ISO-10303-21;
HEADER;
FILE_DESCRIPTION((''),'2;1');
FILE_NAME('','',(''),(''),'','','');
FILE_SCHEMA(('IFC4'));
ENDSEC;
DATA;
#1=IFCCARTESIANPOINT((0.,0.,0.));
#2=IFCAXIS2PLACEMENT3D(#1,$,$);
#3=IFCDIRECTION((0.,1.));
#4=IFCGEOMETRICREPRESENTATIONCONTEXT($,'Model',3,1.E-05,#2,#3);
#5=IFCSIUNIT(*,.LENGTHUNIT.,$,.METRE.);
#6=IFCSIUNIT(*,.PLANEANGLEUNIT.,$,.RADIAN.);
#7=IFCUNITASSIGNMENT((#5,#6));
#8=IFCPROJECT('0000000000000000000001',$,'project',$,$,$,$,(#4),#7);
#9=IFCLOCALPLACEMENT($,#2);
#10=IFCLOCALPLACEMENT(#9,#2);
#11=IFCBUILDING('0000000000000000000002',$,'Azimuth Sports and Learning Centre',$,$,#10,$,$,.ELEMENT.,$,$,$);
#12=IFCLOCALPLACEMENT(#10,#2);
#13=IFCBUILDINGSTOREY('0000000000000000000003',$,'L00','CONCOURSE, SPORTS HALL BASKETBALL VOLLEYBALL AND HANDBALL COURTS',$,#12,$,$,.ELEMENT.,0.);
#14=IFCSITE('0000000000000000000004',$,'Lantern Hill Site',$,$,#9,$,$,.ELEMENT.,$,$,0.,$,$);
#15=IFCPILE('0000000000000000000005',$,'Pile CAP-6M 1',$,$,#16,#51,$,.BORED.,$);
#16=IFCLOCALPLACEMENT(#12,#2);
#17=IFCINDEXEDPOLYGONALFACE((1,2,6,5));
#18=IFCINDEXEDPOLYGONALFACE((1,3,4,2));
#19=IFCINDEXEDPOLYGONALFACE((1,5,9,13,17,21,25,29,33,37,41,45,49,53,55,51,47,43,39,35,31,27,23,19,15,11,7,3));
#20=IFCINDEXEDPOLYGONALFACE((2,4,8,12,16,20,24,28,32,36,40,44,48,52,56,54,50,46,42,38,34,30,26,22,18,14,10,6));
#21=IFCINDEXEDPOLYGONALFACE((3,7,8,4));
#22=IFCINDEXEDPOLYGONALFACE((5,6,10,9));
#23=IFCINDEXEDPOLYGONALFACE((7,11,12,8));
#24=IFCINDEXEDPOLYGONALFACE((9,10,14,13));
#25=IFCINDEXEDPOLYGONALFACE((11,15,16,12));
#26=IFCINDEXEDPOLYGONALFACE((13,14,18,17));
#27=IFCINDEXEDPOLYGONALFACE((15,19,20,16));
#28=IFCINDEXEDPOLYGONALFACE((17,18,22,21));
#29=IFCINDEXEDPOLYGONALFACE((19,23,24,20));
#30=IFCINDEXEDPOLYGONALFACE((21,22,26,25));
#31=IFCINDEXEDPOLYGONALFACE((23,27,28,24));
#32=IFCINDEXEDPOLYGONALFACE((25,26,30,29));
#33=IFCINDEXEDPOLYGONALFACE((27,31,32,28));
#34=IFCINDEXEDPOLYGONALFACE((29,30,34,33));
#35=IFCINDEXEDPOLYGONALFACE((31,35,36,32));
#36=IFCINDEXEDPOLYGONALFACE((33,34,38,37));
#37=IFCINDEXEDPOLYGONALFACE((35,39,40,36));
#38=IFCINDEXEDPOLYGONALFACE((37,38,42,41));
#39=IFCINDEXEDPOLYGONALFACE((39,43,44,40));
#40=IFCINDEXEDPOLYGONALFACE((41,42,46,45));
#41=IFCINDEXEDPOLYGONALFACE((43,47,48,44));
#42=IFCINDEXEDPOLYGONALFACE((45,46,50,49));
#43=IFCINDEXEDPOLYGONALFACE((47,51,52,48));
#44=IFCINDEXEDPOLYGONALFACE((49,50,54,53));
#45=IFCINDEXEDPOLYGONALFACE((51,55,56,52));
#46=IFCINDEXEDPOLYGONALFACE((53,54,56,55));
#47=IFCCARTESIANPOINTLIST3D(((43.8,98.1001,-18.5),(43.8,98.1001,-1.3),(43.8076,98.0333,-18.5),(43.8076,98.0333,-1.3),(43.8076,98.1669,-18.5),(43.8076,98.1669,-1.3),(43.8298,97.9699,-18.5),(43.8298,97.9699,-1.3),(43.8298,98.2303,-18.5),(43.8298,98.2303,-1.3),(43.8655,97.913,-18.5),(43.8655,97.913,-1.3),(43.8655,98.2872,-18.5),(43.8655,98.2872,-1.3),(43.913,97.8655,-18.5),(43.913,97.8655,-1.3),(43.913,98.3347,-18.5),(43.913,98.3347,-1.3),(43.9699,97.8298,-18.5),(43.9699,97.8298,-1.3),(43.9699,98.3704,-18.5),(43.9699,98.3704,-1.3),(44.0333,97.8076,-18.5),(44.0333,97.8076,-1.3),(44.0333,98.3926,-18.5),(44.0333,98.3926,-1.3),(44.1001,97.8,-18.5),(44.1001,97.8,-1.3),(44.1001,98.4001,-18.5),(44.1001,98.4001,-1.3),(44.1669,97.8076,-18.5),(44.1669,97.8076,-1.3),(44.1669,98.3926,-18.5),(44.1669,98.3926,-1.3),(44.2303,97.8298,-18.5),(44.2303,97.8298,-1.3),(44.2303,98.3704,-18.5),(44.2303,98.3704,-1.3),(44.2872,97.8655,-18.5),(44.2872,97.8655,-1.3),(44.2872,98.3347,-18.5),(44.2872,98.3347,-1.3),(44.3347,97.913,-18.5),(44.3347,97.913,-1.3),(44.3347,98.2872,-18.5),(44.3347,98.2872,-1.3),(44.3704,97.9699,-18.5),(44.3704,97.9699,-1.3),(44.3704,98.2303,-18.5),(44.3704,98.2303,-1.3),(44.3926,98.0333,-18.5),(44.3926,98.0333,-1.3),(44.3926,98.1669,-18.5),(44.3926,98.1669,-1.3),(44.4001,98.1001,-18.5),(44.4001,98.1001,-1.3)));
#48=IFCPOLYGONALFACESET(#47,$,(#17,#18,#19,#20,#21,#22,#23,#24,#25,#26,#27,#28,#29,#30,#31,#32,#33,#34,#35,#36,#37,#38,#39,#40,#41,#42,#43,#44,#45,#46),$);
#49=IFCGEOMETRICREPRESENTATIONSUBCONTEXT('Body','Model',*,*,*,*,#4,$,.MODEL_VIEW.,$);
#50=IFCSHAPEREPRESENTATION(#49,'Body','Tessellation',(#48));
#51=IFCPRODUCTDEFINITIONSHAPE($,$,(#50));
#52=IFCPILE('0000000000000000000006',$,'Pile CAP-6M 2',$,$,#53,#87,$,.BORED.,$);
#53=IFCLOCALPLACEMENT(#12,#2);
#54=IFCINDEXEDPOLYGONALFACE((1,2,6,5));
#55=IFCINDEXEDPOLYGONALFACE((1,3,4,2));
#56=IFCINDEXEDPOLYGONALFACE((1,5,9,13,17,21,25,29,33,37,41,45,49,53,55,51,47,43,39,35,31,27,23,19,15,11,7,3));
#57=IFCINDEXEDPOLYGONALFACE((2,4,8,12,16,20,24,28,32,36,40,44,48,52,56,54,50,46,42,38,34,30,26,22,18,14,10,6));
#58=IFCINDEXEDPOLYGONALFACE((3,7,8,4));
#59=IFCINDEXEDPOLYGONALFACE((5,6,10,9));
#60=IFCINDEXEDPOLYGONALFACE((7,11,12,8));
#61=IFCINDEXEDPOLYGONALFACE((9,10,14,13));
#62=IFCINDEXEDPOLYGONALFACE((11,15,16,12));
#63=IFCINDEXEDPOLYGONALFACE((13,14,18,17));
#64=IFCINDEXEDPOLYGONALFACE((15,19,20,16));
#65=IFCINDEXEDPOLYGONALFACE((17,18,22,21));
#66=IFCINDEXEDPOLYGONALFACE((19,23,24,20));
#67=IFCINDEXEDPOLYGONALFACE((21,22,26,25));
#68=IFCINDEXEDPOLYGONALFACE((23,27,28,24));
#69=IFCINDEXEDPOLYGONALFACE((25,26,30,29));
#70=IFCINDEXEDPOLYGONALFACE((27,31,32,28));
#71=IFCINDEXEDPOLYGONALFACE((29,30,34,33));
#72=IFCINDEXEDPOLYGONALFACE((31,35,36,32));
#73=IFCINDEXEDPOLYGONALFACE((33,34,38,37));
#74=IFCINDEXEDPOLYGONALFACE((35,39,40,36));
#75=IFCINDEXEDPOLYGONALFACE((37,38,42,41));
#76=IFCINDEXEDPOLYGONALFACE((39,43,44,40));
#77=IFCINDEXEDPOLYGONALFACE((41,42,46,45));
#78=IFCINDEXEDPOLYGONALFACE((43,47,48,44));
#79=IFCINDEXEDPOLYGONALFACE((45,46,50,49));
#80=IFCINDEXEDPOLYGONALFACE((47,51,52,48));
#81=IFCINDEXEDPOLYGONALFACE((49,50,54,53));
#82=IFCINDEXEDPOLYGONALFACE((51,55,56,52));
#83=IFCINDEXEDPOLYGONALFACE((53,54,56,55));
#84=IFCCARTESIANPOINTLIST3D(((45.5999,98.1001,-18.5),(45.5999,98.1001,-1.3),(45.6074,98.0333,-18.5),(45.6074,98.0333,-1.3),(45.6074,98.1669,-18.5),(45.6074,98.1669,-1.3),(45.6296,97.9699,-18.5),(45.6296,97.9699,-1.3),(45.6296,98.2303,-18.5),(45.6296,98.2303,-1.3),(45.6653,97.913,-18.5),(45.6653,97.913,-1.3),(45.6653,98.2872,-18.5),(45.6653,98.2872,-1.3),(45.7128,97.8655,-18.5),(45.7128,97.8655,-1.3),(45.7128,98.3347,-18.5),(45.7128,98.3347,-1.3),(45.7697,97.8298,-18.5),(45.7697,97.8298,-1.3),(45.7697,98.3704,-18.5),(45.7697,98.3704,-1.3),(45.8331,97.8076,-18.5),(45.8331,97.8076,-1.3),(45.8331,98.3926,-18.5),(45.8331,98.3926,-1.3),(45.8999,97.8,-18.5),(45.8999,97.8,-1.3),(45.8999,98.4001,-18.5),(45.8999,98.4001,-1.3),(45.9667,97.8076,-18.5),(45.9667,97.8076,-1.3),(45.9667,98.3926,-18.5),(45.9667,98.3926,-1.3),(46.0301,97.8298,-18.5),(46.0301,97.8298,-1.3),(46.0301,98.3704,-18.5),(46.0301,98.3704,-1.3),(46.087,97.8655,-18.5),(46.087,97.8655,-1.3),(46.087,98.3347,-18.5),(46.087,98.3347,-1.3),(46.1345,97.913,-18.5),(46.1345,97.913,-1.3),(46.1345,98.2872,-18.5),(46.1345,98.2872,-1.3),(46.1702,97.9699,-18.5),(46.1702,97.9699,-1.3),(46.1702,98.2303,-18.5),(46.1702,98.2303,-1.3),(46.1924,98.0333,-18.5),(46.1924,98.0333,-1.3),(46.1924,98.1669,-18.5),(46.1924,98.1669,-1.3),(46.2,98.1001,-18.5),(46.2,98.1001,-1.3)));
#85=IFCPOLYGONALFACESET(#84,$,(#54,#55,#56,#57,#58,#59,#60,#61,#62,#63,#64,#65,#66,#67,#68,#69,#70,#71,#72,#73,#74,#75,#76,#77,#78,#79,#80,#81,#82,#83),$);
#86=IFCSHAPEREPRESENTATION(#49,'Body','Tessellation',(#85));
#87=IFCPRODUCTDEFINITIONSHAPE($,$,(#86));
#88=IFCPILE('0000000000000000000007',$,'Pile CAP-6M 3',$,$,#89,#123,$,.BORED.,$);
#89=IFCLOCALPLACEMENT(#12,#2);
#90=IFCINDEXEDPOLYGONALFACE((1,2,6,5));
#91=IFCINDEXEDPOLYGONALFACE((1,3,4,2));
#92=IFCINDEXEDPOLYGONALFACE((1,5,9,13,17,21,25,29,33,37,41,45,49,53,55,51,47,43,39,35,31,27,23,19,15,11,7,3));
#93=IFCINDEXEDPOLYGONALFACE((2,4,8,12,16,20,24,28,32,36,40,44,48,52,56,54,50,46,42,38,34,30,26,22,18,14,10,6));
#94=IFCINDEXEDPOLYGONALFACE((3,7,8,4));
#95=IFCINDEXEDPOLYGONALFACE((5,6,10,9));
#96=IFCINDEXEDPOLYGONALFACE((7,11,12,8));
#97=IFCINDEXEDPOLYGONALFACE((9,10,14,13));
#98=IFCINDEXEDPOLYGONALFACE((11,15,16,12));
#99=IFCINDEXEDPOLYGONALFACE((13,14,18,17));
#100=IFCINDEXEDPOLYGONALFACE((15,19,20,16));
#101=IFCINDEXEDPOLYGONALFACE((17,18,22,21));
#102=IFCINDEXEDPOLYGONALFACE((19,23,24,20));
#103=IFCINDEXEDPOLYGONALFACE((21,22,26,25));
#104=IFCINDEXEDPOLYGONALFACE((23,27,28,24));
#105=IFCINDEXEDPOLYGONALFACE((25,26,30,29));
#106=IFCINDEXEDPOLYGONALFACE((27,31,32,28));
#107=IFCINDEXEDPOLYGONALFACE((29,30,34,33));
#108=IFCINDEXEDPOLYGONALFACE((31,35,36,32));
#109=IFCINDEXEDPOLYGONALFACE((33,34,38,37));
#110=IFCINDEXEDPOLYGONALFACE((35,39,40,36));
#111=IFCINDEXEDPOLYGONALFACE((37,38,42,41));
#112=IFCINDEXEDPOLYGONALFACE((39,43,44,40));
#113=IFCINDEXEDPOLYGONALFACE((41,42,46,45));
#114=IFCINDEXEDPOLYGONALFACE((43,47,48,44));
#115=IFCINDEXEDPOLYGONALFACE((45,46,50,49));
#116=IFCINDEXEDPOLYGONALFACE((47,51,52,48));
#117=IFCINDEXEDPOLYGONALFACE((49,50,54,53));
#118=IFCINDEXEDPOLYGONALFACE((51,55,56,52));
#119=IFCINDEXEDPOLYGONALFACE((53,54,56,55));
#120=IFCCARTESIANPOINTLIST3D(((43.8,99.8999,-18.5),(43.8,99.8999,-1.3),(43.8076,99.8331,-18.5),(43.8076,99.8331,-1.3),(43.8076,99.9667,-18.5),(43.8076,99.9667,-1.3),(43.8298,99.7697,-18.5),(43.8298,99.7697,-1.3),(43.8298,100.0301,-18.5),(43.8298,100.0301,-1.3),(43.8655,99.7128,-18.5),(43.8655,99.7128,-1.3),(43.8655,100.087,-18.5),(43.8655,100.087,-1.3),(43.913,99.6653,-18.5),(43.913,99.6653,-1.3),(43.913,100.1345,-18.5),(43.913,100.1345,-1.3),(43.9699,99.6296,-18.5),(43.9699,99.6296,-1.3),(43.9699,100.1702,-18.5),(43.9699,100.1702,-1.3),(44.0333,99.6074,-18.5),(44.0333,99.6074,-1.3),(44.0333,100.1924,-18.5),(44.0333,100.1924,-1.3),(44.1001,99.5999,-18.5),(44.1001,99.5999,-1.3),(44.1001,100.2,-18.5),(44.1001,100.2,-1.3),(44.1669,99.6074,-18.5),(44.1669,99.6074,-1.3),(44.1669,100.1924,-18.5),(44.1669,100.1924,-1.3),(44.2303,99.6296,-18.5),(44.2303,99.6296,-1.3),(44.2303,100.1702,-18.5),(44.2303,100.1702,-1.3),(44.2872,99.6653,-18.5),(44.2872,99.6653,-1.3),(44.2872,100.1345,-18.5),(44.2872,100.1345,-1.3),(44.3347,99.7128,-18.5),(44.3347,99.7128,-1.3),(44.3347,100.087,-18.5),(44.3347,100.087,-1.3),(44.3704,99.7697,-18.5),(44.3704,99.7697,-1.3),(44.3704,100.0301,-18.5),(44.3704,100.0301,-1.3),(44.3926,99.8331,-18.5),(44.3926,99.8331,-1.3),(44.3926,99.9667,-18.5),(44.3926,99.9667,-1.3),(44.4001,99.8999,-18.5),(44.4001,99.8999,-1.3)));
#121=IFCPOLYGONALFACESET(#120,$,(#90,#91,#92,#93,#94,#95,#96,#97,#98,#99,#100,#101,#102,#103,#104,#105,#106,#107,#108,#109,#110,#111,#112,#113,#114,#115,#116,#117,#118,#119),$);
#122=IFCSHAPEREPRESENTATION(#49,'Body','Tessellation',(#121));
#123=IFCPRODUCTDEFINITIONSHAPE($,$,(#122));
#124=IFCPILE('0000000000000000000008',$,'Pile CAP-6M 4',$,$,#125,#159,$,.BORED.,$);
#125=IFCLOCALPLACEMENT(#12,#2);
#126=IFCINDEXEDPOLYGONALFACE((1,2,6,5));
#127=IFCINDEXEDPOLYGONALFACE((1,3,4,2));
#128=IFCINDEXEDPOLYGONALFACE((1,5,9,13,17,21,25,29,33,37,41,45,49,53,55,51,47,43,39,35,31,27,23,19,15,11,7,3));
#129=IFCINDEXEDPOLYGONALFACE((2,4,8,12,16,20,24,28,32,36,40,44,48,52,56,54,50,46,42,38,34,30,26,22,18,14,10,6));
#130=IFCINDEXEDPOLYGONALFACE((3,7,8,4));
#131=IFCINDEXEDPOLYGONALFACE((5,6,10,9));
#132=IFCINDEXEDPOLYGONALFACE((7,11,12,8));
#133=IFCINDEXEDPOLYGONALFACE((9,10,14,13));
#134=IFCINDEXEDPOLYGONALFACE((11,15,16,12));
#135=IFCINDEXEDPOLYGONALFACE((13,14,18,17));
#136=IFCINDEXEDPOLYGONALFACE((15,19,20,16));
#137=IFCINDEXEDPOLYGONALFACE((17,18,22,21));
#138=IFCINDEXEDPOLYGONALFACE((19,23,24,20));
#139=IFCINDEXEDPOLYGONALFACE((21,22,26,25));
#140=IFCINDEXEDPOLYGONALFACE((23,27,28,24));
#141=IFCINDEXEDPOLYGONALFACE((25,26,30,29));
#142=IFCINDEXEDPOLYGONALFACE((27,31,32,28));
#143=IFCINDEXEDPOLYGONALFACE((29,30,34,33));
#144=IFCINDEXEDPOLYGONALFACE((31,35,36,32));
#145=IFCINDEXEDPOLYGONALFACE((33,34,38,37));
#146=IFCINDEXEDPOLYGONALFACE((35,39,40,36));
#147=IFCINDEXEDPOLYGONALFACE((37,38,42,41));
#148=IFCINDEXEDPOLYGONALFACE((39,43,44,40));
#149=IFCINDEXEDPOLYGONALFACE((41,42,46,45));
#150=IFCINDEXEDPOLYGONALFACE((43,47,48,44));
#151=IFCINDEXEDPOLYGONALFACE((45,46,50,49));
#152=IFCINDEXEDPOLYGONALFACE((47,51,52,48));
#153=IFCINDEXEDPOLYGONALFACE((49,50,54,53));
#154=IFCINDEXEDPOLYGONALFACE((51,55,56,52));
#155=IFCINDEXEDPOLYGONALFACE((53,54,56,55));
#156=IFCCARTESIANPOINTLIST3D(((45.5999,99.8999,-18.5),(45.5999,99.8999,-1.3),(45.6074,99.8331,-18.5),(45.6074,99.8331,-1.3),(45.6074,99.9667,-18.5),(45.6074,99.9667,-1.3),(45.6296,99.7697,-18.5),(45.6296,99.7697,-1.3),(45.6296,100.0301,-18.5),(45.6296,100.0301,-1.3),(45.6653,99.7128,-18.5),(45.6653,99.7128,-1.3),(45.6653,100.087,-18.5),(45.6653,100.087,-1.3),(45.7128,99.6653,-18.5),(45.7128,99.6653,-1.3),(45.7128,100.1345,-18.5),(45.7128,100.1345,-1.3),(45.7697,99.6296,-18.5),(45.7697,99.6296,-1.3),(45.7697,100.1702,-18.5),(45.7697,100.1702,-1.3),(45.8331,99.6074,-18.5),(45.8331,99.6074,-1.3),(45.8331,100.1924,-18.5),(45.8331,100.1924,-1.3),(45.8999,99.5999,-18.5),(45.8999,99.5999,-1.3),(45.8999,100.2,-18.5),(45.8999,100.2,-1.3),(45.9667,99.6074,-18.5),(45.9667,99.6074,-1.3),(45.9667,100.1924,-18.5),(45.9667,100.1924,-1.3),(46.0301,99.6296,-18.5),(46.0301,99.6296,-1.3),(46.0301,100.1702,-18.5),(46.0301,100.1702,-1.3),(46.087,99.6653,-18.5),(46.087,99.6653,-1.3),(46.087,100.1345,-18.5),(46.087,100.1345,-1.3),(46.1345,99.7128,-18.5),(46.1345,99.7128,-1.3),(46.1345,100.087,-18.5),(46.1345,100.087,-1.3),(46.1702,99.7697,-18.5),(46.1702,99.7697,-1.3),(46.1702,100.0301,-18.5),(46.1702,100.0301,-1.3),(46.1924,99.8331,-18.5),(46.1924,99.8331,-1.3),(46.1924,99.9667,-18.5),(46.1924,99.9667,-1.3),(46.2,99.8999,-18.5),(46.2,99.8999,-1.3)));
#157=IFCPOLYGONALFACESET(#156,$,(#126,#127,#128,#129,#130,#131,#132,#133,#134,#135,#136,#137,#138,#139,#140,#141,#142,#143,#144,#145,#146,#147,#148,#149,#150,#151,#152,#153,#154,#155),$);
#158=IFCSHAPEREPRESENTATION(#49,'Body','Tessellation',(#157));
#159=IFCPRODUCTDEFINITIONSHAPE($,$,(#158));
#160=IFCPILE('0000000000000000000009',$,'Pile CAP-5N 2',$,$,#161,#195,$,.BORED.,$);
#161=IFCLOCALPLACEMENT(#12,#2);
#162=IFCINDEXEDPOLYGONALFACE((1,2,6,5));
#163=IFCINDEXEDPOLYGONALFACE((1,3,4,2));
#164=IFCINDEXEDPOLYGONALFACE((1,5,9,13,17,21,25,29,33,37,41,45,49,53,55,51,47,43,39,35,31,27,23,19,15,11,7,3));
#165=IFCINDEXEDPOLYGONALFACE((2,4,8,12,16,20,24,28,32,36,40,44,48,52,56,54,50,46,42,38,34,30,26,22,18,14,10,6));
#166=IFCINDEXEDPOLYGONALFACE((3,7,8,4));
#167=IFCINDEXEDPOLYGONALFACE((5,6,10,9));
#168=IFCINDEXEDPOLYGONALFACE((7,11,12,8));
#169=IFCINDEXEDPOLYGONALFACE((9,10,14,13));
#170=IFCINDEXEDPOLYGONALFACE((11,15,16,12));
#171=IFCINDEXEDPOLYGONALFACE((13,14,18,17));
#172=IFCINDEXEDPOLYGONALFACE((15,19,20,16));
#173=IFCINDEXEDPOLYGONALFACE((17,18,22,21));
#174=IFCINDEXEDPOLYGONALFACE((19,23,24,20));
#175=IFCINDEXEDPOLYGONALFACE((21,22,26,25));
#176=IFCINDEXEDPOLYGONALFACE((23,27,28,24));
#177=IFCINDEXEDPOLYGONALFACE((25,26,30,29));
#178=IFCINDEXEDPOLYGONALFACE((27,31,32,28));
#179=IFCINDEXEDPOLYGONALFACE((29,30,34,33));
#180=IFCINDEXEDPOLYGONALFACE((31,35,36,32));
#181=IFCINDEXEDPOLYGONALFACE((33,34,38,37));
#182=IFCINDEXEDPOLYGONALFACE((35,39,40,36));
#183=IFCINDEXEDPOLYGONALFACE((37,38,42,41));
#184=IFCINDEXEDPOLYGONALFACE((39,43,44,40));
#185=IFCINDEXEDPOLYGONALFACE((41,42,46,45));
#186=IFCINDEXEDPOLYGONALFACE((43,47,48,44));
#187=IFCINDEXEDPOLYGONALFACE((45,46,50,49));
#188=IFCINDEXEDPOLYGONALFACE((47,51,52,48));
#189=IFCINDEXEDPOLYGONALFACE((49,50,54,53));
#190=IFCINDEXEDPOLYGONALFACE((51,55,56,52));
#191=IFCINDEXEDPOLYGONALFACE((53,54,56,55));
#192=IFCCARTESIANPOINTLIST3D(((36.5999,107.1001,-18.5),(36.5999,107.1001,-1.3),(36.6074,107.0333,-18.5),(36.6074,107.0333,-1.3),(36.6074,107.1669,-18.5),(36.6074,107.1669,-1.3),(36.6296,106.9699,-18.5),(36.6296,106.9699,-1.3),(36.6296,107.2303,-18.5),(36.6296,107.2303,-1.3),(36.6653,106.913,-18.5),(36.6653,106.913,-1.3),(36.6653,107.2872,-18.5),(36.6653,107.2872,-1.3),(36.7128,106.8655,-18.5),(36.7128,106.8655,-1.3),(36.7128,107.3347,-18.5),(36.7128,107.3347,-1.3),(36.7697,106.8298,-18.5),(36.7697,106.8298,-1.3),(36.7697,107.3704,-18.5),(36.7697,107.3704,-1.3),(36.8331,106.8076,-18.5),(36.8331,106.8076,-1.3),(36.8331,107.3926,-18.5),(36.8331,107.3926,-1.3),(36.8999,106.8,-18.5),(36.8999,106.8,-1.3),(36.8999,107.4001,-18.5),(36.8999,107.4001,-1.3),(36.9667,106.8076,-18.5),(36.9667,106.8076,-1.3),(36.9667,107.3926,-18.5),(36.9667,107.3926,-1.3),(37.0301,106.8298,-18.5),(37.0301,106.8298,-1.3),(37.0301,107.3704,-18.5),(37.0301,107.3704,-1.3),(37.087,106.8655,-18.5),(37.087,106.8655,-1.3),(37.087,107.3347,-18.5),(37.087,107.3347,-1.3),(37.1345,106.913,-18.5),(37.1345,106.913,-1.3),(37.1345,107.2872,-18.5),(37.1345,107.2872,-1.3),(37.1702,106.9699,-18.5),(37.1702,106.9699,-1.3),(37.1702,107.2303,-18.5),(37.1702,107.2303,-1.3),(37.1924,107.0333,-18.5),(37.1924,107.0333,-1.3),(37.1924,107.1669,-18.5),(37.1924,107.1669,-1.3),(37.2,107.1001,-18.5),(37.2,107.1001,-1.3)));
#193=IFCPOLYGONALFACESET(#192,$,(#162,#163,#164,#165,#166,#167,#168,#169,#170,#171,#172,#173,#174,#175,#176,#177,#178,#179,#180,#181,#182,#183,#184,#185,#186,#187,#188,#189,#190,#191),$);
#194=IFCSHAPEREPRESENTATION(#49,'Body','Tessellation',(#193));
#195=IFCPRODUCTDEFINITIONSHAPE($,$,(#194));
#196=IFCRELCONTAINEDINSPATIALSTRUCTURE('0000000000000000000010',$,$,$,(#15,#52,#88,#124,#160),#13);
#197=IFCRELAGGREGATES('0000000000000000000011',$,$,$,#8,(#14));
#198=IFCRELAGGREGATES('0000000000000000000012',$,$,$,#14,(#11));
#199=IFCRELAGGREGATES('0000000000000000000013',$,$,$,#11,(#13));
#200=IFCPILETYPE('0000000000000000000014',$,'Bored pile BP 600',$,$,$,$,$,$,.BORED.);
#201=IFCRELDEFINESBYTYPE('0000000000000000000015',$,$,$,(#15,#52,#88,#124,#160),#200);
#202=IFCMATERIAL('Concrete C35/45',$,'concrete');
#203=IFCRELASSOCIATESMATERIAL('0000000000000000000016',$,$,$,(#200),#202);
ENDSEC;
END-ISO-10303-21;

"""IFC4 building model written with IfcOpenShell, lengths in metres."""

from ifc_helpers import new_model, si_unit, direction, frame, origin, origin_2d, place, context, subcontext, project, spatial, circle, extrude, material, material_profile, profile_set, type_object, element, save


model = new_model("IFC4")

# Units and contexts
model_context = context("Model", 3, precision=1e-05, world=origin(), true_north=direction((0.0, 1.0)))
body_context = subcontext(model_context, "Body", "Model", "MODEL_VIEW")
ifc_project = project(units=[si_unit("LENGTHUNIT", "METRE"), si_unit("PLANEANGLEUNIT", "RADIAN")], contexts=[model_context])

# Site, building, storey
site_placement = place(None, origin())
site = spatial("IfcSite", under=ifc_project, at=site_placement, Name="Lantern Hill Site", CompositionType="ELEMENT", RefElevation=0.0)
building_placement = place(site_placement, origin())
building = spatial("IfcBuilding", under=site, at=building_placement, Name="Azimuth Sports and Learning Centre", CompositionType="ELEMENT")
storey_placement = place(building_placement, origin())
storey = spatial("IfcBuildingStorey", under=building, at=storey_placement, Name="L00", Description="CONCOURSE, SPORTS HALL BASKETBALL VOLLEYBALL AND HANDBALL COURTS", CompositionType="ELEMENT", Elevation=0.0)

# Piles
ifc_material_1 = material(Name="Concrete C35/45", Category="concrete")
ifc_material_profile_1 = material_profile(ifc_material_1, circle(Radius=0.3, at=origin_2d()), Name="BP 600")
ifc_profile_set_1 = profile_set([ifc_material_profile_1], Name="Concrete C35/45")
pile_type = type_object("IfcPileType", Name="Bored pile BP 600", PredefinedType="BORED", material=ifc_profile_set_1)
for number, where, z_axis, x_axis, name in (
    (1, (44.1001, 98.1001, -1.3), (0.0, 0.0, -1.0), (1.0, 0.0, 0.0), "Pile CAP-6M 1"),
    (2, (45.8999, 98.1001, -1.3), (0.0, 0.0, -1.0), (1.0, 0.0, 0.0), "Pile CAP-6M 2"),
    (3, (44.1001, 99.8999, -1.3), (0.0, 0.0, -1.0), (1.0, 0.0, 0.0), "Pile CAP-6M 3"),
    (4, (45.8999, 99.8999, -1.3), (0.0, 0.0, -1.0), (1.0, 0.0, 0.0), "Pile CAP-6M 4"),
    (5, (36.8999, 107.1001, -1.3), (0.0, 0.0, -1.0), (1.0, 0.0, 0.0), "Pile CAP-5N 2"),
):
    element("IfcPile", number, at=place(storey_placement, frame(where, z_axis=z_axis, x_axis=x_axis)), inside=storey, type_object=pile_type, Name=name, PredefinedType="BORED", context=body_context, shape_type="SweptSolid", body=[
        extrude(circle(Radius=0.3, at=origin_2d()), origin(), (0.0, 0.0, 1.0), 17.2),
    ])

save(model, "model.ifc")
